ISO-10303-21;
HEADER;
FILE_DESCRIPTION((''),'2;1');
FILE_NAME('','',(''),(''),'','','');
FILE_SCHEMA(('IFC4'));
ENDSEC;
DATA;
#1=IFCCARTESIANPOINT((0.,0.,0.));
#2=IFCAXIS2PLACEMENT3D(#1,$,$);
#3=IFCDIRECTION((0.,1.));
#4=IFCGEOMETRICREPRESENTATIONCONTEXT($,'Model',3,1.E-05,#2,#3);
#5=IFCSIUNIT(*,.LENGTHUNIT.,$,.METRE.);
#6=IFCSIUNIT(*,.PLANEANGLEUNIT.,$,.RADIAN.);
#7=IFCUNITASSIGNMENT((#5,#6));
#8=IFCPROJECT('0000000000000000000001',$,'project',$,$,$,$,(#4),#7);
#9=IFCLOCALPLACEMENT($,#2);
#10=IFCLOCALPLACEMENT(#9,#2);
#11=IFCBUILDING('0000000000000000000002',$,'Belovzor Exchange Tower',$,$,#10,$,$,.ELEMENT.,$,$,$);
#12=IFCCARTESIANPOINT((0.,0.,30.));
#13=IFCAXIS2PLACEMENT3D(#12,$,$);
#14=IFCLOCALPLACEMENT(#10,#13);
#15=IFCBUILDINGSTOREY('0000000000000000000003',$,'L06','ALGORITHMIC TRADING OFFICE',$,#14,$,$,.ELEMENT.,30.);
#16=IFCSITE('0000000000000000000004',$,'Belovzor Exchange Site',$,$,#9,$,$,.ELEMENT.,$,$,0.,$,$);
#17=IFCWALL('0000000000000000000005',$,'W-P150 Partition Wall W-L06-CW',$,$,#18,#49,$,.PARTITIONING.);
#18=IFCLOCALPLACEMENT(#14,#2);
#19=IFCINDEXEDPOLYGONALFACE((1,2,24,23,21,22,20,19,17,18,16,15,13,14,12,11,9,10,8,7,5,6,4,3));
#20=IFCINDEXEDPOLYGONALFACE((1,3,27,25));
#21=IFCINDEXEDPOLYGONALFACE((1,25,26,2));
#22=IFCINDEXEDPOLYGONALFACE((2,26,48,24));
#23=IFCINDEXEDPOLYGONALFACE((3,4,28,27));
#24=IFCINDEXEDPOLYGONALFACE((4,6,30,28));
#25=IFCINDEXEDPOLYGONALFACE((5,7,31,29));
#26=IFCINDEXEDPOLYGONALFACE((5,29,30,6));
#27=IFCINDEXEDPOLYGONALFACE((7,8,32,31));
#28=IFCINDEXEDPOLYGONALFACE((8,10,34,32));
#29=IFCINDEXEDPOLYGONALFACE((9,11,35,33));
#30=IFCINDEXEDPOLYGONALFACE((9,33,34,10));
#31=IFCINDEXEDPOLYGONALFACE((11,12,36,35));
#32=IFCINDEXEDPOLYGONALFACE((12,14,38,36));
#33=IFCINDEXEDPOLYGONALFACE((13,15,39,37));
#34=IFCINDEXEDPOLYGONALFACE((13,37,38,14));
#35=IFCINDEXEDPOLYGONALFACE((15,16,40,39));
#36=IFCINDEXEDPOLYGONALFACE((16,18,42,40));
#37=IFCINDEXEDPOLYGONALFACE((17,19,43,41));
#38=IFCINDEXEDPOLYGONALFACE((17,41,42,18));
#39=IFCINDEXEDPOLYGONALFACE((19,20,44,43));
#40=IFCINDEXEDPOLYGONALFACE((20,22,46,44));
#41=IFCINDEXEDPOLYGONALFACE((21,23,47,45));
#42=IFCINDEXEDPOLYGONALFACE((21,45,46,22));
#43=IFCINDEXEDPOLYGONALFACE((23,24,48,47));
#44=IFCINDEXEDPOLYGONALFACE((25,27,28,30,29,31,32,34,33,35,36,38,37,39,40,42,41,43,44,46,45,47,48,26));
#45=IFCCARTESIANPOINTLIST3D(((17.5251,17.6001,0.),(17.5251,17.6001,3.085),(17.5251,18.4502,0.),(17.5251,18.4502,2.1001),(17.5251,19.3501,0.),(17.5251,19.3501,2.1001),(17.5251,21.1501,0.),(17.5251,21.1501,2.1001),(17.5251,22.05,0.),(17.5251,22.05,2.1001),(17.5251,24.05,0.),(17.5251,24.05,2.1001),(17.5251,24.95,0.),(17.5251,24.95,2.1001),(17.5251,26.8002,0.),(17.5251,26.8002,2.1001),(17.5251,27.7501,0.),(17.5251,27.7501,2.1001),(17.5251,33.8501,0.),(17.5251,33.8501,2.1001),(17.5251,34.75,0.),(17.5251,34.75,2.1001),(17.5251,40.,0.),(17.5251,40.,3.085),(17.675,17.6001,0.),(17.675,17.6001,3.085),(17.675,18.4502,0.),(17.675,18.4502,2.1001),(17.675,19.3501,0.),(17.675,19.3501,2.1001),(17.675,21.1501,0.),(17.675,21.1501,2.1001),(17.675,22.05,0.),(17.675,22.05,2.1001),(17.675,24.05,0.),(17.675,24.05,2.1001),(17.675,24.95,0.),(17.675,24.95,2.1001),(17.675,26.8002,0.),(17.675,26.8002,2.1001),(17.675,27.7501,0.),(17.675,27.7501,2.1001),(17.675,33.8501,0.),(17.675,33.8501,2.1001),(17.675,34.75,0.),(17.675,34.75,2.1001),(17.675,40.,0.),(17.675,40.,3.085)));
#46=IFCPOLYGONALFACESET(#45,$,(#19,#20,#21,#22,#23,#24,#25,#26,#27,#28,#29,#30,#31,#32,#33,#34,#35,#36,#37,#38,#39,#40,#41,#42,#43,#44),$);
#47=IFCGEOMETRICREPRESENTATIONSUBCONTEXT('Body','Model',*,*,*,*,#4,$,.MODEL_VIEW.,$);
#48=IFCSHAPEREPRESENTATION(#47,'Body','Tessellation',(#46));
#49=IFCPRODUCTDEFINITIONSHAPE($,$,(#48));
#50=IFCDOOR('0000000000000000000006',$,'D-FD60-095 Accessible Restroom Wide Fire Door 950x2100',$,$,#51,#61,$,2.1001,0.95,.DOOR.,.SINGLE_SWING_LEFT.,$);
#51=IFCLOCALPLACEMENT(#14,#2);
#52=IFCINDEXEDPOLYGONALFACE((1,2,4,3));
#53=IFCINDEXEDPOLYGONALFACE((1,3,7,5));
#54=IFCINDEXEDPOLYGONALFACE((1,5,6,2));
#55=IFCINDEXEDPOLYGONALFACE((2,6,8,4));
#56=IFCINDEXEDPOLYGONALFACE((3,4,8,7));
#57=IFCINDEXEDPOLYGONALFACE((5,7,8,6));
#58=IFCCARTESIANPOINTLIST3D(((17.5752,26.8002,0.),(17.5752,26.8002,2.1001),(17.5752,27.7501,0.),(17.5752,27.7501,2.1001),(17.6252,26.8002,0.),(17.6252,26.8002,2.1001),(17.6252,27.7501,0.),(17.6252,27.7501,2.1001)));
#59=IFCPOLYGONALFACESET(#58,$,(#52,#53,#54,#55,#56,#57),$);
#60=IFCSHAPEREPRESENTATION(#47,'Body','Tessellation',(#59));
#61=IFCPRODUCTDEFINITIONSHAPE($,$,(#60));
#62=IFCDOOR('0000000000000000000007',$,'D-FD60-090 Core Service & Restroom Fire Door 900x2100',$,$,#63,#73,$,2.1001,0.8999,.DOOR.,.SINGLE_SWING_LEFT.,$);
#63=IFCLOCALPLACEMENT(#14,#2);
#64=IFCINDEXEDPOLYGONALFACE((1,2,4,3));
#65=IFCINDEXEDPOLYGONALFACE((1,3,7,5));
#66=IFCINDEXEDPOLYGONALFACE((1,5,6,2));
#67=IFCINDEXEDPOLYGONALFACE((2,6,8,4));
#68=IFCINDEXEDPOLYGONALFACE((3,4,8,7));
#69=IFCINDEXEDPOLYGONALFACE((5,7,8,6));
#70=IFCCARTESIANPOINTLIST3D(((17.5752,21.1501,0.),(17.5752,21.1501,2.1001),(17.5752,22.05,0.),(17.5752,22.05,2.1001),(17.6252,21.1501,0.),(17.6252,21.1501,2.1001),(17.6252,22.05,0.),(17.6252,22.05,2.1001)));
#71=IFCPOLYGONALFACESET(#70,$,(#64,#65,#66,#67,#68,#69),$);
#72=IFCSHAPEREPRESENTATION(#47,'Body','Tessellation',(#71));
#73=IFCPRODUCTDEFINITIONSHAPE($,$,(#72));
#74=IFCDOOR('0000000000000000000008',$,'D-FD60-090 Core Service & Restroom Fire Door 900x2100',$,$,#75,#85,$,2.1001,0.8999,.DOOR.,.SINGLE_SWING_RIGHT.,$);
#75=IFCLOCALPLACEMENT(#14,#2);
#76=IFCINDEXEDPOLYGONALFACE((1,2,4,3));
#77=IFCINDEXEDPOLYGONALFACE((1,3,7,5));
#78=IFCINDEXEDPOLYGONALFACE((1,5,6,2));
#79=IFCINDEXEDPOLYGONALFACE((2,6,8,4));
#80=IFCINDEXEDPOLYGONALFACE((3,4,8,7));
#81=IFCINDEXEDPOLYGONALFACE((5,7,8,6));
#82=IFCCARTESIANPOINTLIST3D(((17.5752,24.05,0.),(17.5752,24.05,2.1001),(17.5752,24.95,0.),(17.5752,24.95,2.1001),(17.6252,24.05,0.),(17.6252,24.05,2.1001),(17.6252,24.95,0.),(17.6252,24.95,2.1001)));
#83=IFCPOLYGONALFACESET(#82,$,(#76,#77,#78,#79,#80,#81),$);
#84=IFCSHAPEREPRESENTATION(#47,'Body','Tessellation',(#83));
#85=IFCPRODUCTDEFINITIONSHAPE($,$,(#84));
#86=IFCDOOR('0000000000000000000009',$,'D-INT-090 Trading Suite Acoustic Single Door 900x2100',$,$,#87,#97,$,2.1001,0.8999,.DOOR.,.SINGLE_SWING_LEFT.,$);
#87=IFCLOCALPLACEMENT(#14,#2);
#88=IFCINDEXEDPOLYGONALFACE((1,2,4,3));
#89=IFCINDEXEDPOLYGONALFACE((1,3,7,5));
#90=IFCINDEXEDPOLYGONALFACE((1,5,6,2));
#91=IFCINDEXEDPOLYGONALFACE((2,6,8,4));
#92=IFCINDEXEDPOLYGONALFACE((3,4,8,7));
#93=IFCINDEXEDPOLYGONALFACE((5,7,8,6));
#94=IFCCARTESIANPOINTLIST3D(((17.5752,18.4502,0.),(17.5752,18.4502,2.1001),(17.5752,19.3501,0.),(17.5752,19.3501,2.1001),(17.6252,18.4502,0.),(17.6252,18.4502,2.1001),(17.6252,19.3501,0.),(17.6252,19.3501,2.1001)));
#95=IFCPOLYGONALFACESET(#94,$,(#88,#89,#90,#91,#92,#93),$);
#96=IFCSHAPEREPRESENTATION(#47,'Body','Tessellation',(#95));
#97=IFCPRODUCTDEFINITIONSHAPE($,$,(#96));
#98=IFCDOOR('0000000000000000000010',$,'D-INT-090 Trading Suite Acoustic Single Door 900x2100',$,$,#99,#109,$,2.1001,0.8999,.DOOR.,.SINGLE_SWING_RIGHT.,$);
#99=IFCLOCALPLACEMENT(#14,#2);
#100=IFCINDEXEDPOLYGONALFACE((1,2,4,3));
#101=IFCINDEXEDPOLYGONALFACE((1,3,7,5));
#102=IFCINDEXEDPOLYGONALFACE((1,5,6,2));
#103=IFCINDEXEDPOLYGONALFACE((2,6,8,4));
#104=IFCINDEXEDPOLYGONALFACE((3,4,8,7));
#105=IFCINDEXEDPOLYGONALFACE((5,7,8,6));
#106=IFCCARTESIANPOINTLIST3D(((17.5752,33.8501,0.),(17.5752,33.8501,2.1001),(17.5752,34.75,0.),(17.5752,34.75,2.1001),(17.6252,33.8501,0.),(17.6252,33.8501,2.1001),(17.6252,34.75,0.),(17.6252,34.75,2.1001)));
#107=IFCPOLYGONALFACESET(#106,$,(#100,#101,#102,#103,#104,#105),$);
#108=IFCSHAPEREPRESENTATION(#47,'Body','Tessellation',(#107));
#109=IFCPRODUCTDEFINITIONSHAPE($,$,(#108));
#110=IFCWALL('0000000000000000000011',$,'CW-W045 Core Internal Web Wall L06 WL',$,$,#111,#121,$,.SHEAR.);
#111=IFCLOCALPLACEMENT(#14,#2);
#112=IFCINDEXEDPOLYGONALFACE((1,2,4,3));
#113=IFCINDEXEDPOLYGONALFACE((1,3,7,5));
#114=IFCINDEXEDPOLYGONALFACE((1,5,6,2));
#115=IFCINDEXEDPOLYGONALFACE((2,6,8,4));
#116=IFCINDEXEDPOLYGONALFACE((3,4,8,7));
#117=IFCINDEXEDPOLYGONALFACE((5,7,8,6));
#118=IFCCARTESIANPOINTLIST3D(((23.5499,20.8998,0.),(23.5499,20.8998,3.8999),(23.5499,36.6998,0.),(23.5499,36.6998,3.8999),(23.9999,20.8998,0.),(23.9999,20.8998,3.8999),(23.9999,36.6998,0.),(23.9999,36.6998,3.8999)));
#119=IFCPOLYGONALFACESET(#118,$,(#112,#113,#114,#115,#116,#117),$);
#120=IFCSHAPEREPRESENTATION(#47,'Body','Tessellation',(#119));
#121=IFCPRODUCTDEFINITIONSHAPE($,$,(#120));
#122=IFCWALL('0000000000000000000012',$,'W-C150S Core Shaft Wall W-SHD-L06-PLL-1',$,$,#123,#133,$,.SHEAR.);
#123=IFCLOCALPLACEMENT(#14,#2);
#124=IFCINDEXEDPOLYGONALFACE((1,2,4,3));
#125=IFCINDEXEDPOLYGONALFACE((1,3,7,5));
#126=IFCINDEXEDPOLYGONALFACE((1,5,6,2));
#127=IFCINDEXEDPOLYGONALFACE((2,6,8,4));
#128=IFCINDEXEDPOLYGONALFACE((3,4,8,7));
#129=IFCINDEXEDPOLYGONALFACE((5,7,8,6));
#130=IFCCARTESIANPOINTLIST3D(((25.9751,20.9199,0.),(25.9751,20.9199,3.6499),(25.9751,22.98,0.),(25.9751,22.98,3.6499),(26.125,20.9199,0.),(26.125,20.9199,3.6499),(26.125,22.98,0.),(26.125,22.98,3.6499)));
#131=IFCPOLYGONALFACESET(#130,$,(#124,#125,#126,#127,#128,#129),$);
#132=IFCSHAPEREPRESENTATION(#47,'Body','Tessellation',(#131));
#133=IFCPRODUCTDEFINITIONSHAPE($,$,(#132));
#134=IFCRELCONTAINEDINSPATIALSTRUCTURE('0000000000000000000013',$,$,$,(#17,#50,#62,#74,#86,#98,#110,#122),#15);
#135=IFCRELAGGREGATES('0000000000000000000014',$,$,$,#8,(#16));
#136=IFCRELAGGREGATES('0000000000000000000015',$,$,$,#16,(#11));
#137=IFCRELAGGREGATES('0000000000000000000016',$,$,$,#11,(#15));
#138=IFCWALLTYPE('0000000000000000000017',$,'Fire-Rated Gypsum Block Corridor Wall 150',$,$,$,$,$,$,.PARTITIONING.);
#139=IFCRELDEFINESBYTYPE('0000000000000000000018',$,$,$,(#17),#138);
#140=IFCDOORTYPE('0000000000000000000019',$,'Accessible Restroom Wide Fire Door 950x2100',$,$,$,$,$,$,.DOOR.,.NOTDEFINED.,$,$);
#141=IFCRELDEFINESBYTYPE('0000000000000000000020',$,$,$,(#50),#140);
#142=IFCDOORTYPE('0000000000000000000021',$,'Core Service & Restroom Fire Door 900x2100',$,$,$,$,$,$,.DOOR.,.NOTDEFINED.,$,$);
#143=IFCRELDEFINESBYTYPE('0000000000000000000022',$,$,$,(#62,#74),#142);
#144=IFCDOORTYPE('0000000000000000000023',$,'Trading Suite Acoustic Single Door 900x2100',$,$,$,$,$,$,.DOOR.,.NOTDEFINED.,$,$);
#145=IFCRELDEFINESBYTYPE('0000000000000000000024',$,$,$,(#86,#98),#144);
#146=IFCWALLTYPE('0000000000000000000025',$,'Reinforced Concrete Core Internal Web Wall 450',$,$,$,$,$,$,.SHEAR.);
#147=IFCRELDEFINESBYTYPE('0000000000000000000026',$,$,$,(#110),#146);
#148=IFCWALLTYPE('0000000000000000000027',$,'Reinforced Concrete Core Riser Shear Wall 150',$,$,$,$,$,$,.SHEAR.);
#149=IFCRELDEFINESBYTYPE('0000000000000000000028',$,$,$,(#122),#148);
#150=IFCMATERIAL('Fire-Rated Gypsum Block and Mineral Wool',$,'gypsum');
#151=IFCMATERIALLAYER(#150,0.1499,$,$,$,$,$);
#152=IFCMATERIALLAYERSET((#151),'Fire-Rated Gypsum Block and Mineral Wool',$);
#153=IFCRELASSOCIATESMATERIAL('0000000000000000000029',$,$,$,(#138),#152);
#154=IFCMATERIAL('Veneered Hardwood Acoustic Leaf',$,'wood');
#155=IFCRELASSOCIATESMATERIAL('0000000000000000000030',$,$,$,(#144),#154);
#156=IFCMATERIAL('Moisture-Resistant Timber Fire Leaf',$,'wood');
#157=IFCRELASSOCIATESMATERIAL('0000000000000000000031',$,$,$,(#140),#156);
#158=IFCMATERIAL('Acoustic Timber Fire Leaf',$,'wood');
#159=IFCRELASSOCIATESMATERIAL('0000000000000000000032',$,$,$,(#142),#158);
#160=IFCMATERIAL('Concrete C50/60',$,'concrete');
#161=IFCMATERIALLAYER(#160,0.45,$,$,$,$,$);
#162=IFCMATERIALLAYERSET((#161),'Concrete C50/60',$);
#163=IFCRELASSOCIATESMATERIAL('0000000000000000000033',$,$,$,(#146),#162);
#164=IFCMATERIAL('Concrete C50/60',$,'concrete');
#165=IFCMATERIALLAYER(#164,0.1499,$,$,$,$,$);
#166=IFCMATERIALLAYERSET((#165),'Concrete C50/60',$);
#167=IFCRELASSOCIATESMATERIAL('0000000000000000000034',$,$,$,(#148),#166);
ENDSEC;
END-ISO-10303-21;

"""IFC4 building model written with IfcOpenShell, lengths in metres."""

from ifc_helpers import new_model, si_unit, direction, frame, frame_2d, origin, place, context, subcontext, project, spatial, rectangle, extrude, material, layer, layer_set, type_object, element, fill, save


model = new_model("IFC4")

# Units and contexts
model_context = context("Model", 3, precision=1e-05, world=origin(), true_north=direction((0.0, 1.0)))
body_context = subcontext(model_context, "Body", "Model", "MODEL_VIEW")
ifc_project = project(units=[si_unit("LENGTHUNIT", "METRE"), si_unit("PLANEANGLEUNIT", "RADIAN")], contexts=[model_context])

# Site, building, storey
site_placement = place(None, origin())
site = spatial("IfcSite", under=ifc_project, at=site_placement, Name="Belovzor Exchange Site", CompositionType="ELEMENT", RefElevation=0.0)
building_placement = place(site_placement, origin())
building = spatial("IfcBuilding", under=site, at=building_placement, Name="Belovzor Exchange Tower", CompositionType="ELEMENT")
storey_placement = place(building_placement, frame((0.0, 0.0, 30.0)))
storey = spatial("IfcBuildingStorey", under=building, at=storey_placement, Name="L06", Description="ALGORITHMIC TRADING OFFICE", CompositionType="ELEMENT", Elevation=30.0)

# Shared definitions
ifc_material_1 = material(Name="Fire-Rated Gypsum Block and Mineral Wool", Category="gypsum")
ifc_layer_1 = layer(ifc_material_1, 0.1499)
ifc_layer_set_1 = layer_set([ifc_layer_1], Name="Fire-Rated Gypsum Block and Mineral Wool")
wall_type_1 = type_object("IfcWallType", Name="Fire-Rated Gypsum Block Corridor Wall 150", PredefinedType="PARTITIONING", material=ifc_layer_set_1)

# Shared definitions
ifc_material_2 = material(Name="Veneered Hardwood Acoustic Leaf", Category="wood")
door_type_1 = type_object("IfcDoorType", Name="Trading Suite Acoustic Single Door 900x2100", OperationType="NOTDEFINED", PredefinedType="DOOR", material=ifc_material_2)

# Wall, openings, doors
wall_1_placement = place(storey_placement, frame((17.6001, 17.6001, 0.0), z_axis=(0.0, 0.0, 1.0), x_axis=(0.0, 1.0, 0.0)))
wall_1 = element("IfcWall", 1, at=wall_1_placement, inside=storey, type_object=wall_type_1, Name="W-P150 Partition Wall W-L06-CW", PredefinedType="PARTITIONING", context=body_context, shape_type="SweptSolid", body=[
    extrude(rectangle(XDim=22.3999, YDim=0.1499, at=frame_2d((11.2, 0.0))), origin(), (0.0, 0.0, 1.0), 3.085),
])
opening_1_placement = place(wall_1_placement, frame((0.8501, 0.0, 0.0)))
opening_1 = element("IfcOpeningElement", 2, at=opening_1_placement, cuts=wall_1, PredefinedType="OPENING", context=body_context, shape_type="SweptSolid", body=[
    extrude(rectangle(XDim=0.8999, YDim=2.1001, at=frame_2d((0.45, 1.05))), frame((0.0, 0.085, 0.0), z_axis=(0.0, -1.0, 0.0), x_axis=(1.0, 0.0, 0.0)), (0.0, 0.0, 1.0), 0.1699),
])
opening_2_placement = place(wall_1_placement, frame((3.55, 0.0, 0.0)))
opening_2 = element("IfcOpeningElement", 3, at=opening_2_placement, cuts=wall_1, PredefinedType="OPENING", context=body_context, shape_type="SweptSolid", body=[
    extrude(rectangle(XDim=0.8999, YDim=2.1001, at=frame_2d((0.45, 1.05))), frame((0.0, 0.085, 0.0), z_axis=(0.0, -1.0, 0.0), x_axis=(1.0, 0.0, 0.0)), (0.0, 0.0, 1.0), 0.1699),
])
opening_3_placement = place(wall_1_placement, frame((6.45, 0.0, 0.0)))
opening_3 = element("IfcOpeningElement", 4, at=opening_3_placement, cuts=wall_1, PredefinedType="OPENING", context=body_context, shape_type="SweptSolid", body=[
    extrude(rectangle(XDim=0.8999, YDim=2.1001, at=frame_2d((0.45, 1.05))), frame((0.0, 0.085, 0.0), z_axis=(0.0, -1.0, 0.0), x_axis=(1.0, 0.0, 0.0)), (0.0, 0.0, 1.0), 0.1699),
])
opening_4_placement = place(wall_1_placement, frame((9.2, 0.0, 0.0)))
opening_4 = element("IfcOpeningElement", 5, at=opening_4_placement, cuts=wall_1, PredefinedType="OPENING", context=body_context, shape_type="SweptSolid", body=[
    extrude(rectangle(XDim=0.95, YDim=2.1001, at=frame_2d((0.4751, 1.05))), frame((0.0, 0.085, 0.0), z_axis=(0.0, -1.0, 0.0), x_axis=(1.0, 0.0, 0.0)), (0.0, 0.0, 1.0), 0.1699),
])
opening_5_placement = place(wall_1_placement, frame((16.25, 0.0, 0.0)))
opening_5 = element("IfcOpeningElement", 6, at=opening_5_placement, cuts=wall_1, PredefinedType="OPENING", context=body_context, shape_type="SweptSolid", body=[
    extrude(rectangle(XDim=0.8999, YDim=2.1001, at=frame_2d((0.45, 1.05))), frame((0.0, 0.085, 0.0), z_axis=(0.0, -1.0, 0.0), x_axis=(1.0, 0.0, 0.0)), (0.0, 0.0, 1.0), 0.1699),
])
ifc_material_3 = material(Name="Moisture-Resistant Timber Fire Leaf", Category="wood")
door_type_2 = type_object("IfcDoorType", Name="Accessible Restroom Wide Fire Door 950x2100", OperationType="NOTDEFINED", PredefinedType="DOOR", material=ifc_material_3)
door_1_placement = place(opening_4_placement, origin())
door_1 = element("IfcDoor", 7, at=door_1_placement, inside=storey, type_object=door_type_2, Name="D-FD60-095 Accessible Restroom Wide Fire Door 950x2100", OperationType="SINGLE_SWING_LEFT", OverallHeight=2.1001, OverallWidth=0.95, PredefinedType="DOOR", context=body_context, shape_type="SweptSolid", body=[
    extrude(rectangle(XDim=0.95, YDim=2.1001, at=frame_2d((0.4751, 1.05))), frame((0.0, 0.0249, 0.0), z_axis=(0.0, -1.0, 0.0), x_axis=(1.0, 0.0, 0.0)), (0.0, 0.0, 1.0), 0.05),
])
fill(opening_4, door_1)
ifc_material_4 = material(Name="Acoustic Timber Fire Leaf", Category="wood")
door_type_3 = type_object("IfcDoorType", Name="Core Service & Restroom Fire Door 900x2100", OperationType="NOTDEFINED", PredefinedType="DOOR", material=ifc_material_4)
door_2_placement = place(opening_2_placement, origin())
door_2 = element("IfcDoor", 8, at=door_2_placement, inside=storey, type_object=door_type_3, Name="D-FD60-090 Core Service & Restroom Fire Door 900x2100", OperationType="SINGLE_SWING_LEFT", OverallHeight=2.1001, OverallWidth=0.8999, PredefinedType="DOOR", context=body_context, shape_type="SweptSolid", body=[
    extrude(rectangle(XDim=0.8999, YDim=2.1001, at=frame_2d((0.45, 1.05))), frame((0.0, 0.0249, 0.0), z_axis=(0.0, -1.0, 0.0), x_axis=(1.0, 0.0, 0.0)), (0.0, 0.0, 1.0), 0.05),
])
fill(opening_2, door_2)
door_3_placement = place(opening_3_placement, origin())
door_3 = element("IfcDoor", 9, at=door_3_placement, inside=storey, type_object=door_type_3, Name="D-FD60-090 Core Service & Restroom Fire Door 900x2100", OperationType="SINGLE_SWING_RIGHT", OverallHeight=2.1001, OverallWidth=0.8999, PredefinedType="DOOR", context=body_context, shape_type="SweptSolid", body=[
    extrude(rectangle(XDim=0.8999, YDim=2.1001, at=frame_2d((0.45, 1.05))), frame((0.0, 0.0249, 0.0), z_axis=(0.0, -1.0, 0.0), x_axis=(1.0, 0.0, 0.0)), (0.0, 0.0, 1.0), 0.05),
])
fill(opening_3, door_3)
door_4_placement = place(opening_1_placement, origin())
door_4 = element("IfcDoor", 10, at=door_4_placement, inside=storey, type_object=door_type_1, Name="D-INT-090 Trading Suite Acoustic Single Door 900x2100", OperationType="SINGLE_SWING_LEFT", OverallHeight=2.1001, OverallWidth=0.8999, PredefinedType="DOOR", context=body_context, shape_type="SweptSolid", body=[
    extrude(rectangle(XDim=0.8999, YDim=2.1001, at=frame_2d((0.45, 1.05))), frame((0.0, 0.0249, 0.0), z_axis=(0.0, -1.0, 0.0), x_axis=(1.0, 0.0, 0.0)), (0.0, 0.0, 1.0), 0.05),
])
fill(opening_1, door_4)
door_5_placement = place(opening_5_placement, origin())
door_5 = element("IfcDoor", 11, at=door_5_placement, inside=storey, type_object=door_type_1, Name="D-INT-090 Trading Suite Acoustic Single Door 900x2100", OperationType="SINGLE_SWING_RIGHT", OverallHeight=2.1001, OverallWidth=0.8999, PredefinedType="DOOR", context=body_context, shape_type="SweptSolid", body=[
    extrude(rectangle(XDim=0.8999, YDim=2.1001, at=frame_2d((0.45, 1.05))), frame((0.0, 0.0249, 0.0), z_axis=(0.0, -1.0, 0.0), x_axis=(1.0, 0.0, 0.0)), (0.0, 0.0, 1.0), 0.05),
])
fill(opening_5, door_5)

# Walls
ifc_material_5 = material(Name="Concrete C50/60", Category="concrete")
ifc_layer_2 = layer(ifc_material_5, 0.45)
ifc_layer_set_2 = layer_set([ifc_layer_2], Name="Concrete C50/60")
wall_type_2 = type_object("IfcWallType", Name="Reinforced Concrete Core Internal Web Wall 450", PredefinedType="SHEAR", material=ifc_layer_set_2)
wall_2_placement = place(storey_placement, frame((23.7749, 20.8999, 0.0), z_axis=(0.0, 0.0, 1.0), x_axis=(0.0, 1.0, 0.0)))
element("IfcWall", 12, at=wall_2_placement, inside=storey, type_object=wall_type_2, Name="CW-W045 Core Internal Web Wall L06 WL", PredefinedType="SHEAR", context=body_context, shape_type="SweptSolid", body=[
    extrude(rectangle(XDim=15.8, YDim=0.45, at=frame_2d((7.8999, 0.0))), origin(), (0.0, 0.0, 1.0), 3.8999),
])
ifc_material_6 = material(Name="Concrete C50/60", Category="concrete")
ifc_layer_3 = layer(ifc_material_6, 0.1499)
ifc_layer_set_3 = layer_set([ifc_layer_3], Name="Concrete C50/60")
wall_type_3 = type_object("IfcWallType", Name="Reinforced Concrete Core Riser Shear Wall 150", PredefinedType="SHEAR", material=ifc_layer_set_3)
wall_3_placement = place(storey_placement, frame((26.05, 20.9199, 0.0), z_axis=(0.0, 0.0, 1.0), x_axis=(0.0, 1.0, 0.0)))
element("IfcWall", 13, at=wall_3_placement, inside=storey, type_object=wall_type_3, Name="W-C150S Core Shaft Wall W-SHD-L06-PLL-1", PredefinedType="SHEAR", context=body_context, shape_type="SweptSolid", body=[
    extrude(rectangle(XDim=2.0601, YDim=0.1499, at=frame_2d((1.03, 0.0))), origin(), (0.0, 0.0, 1.0), 3.6499),
])

save(model, "model.ifc")
